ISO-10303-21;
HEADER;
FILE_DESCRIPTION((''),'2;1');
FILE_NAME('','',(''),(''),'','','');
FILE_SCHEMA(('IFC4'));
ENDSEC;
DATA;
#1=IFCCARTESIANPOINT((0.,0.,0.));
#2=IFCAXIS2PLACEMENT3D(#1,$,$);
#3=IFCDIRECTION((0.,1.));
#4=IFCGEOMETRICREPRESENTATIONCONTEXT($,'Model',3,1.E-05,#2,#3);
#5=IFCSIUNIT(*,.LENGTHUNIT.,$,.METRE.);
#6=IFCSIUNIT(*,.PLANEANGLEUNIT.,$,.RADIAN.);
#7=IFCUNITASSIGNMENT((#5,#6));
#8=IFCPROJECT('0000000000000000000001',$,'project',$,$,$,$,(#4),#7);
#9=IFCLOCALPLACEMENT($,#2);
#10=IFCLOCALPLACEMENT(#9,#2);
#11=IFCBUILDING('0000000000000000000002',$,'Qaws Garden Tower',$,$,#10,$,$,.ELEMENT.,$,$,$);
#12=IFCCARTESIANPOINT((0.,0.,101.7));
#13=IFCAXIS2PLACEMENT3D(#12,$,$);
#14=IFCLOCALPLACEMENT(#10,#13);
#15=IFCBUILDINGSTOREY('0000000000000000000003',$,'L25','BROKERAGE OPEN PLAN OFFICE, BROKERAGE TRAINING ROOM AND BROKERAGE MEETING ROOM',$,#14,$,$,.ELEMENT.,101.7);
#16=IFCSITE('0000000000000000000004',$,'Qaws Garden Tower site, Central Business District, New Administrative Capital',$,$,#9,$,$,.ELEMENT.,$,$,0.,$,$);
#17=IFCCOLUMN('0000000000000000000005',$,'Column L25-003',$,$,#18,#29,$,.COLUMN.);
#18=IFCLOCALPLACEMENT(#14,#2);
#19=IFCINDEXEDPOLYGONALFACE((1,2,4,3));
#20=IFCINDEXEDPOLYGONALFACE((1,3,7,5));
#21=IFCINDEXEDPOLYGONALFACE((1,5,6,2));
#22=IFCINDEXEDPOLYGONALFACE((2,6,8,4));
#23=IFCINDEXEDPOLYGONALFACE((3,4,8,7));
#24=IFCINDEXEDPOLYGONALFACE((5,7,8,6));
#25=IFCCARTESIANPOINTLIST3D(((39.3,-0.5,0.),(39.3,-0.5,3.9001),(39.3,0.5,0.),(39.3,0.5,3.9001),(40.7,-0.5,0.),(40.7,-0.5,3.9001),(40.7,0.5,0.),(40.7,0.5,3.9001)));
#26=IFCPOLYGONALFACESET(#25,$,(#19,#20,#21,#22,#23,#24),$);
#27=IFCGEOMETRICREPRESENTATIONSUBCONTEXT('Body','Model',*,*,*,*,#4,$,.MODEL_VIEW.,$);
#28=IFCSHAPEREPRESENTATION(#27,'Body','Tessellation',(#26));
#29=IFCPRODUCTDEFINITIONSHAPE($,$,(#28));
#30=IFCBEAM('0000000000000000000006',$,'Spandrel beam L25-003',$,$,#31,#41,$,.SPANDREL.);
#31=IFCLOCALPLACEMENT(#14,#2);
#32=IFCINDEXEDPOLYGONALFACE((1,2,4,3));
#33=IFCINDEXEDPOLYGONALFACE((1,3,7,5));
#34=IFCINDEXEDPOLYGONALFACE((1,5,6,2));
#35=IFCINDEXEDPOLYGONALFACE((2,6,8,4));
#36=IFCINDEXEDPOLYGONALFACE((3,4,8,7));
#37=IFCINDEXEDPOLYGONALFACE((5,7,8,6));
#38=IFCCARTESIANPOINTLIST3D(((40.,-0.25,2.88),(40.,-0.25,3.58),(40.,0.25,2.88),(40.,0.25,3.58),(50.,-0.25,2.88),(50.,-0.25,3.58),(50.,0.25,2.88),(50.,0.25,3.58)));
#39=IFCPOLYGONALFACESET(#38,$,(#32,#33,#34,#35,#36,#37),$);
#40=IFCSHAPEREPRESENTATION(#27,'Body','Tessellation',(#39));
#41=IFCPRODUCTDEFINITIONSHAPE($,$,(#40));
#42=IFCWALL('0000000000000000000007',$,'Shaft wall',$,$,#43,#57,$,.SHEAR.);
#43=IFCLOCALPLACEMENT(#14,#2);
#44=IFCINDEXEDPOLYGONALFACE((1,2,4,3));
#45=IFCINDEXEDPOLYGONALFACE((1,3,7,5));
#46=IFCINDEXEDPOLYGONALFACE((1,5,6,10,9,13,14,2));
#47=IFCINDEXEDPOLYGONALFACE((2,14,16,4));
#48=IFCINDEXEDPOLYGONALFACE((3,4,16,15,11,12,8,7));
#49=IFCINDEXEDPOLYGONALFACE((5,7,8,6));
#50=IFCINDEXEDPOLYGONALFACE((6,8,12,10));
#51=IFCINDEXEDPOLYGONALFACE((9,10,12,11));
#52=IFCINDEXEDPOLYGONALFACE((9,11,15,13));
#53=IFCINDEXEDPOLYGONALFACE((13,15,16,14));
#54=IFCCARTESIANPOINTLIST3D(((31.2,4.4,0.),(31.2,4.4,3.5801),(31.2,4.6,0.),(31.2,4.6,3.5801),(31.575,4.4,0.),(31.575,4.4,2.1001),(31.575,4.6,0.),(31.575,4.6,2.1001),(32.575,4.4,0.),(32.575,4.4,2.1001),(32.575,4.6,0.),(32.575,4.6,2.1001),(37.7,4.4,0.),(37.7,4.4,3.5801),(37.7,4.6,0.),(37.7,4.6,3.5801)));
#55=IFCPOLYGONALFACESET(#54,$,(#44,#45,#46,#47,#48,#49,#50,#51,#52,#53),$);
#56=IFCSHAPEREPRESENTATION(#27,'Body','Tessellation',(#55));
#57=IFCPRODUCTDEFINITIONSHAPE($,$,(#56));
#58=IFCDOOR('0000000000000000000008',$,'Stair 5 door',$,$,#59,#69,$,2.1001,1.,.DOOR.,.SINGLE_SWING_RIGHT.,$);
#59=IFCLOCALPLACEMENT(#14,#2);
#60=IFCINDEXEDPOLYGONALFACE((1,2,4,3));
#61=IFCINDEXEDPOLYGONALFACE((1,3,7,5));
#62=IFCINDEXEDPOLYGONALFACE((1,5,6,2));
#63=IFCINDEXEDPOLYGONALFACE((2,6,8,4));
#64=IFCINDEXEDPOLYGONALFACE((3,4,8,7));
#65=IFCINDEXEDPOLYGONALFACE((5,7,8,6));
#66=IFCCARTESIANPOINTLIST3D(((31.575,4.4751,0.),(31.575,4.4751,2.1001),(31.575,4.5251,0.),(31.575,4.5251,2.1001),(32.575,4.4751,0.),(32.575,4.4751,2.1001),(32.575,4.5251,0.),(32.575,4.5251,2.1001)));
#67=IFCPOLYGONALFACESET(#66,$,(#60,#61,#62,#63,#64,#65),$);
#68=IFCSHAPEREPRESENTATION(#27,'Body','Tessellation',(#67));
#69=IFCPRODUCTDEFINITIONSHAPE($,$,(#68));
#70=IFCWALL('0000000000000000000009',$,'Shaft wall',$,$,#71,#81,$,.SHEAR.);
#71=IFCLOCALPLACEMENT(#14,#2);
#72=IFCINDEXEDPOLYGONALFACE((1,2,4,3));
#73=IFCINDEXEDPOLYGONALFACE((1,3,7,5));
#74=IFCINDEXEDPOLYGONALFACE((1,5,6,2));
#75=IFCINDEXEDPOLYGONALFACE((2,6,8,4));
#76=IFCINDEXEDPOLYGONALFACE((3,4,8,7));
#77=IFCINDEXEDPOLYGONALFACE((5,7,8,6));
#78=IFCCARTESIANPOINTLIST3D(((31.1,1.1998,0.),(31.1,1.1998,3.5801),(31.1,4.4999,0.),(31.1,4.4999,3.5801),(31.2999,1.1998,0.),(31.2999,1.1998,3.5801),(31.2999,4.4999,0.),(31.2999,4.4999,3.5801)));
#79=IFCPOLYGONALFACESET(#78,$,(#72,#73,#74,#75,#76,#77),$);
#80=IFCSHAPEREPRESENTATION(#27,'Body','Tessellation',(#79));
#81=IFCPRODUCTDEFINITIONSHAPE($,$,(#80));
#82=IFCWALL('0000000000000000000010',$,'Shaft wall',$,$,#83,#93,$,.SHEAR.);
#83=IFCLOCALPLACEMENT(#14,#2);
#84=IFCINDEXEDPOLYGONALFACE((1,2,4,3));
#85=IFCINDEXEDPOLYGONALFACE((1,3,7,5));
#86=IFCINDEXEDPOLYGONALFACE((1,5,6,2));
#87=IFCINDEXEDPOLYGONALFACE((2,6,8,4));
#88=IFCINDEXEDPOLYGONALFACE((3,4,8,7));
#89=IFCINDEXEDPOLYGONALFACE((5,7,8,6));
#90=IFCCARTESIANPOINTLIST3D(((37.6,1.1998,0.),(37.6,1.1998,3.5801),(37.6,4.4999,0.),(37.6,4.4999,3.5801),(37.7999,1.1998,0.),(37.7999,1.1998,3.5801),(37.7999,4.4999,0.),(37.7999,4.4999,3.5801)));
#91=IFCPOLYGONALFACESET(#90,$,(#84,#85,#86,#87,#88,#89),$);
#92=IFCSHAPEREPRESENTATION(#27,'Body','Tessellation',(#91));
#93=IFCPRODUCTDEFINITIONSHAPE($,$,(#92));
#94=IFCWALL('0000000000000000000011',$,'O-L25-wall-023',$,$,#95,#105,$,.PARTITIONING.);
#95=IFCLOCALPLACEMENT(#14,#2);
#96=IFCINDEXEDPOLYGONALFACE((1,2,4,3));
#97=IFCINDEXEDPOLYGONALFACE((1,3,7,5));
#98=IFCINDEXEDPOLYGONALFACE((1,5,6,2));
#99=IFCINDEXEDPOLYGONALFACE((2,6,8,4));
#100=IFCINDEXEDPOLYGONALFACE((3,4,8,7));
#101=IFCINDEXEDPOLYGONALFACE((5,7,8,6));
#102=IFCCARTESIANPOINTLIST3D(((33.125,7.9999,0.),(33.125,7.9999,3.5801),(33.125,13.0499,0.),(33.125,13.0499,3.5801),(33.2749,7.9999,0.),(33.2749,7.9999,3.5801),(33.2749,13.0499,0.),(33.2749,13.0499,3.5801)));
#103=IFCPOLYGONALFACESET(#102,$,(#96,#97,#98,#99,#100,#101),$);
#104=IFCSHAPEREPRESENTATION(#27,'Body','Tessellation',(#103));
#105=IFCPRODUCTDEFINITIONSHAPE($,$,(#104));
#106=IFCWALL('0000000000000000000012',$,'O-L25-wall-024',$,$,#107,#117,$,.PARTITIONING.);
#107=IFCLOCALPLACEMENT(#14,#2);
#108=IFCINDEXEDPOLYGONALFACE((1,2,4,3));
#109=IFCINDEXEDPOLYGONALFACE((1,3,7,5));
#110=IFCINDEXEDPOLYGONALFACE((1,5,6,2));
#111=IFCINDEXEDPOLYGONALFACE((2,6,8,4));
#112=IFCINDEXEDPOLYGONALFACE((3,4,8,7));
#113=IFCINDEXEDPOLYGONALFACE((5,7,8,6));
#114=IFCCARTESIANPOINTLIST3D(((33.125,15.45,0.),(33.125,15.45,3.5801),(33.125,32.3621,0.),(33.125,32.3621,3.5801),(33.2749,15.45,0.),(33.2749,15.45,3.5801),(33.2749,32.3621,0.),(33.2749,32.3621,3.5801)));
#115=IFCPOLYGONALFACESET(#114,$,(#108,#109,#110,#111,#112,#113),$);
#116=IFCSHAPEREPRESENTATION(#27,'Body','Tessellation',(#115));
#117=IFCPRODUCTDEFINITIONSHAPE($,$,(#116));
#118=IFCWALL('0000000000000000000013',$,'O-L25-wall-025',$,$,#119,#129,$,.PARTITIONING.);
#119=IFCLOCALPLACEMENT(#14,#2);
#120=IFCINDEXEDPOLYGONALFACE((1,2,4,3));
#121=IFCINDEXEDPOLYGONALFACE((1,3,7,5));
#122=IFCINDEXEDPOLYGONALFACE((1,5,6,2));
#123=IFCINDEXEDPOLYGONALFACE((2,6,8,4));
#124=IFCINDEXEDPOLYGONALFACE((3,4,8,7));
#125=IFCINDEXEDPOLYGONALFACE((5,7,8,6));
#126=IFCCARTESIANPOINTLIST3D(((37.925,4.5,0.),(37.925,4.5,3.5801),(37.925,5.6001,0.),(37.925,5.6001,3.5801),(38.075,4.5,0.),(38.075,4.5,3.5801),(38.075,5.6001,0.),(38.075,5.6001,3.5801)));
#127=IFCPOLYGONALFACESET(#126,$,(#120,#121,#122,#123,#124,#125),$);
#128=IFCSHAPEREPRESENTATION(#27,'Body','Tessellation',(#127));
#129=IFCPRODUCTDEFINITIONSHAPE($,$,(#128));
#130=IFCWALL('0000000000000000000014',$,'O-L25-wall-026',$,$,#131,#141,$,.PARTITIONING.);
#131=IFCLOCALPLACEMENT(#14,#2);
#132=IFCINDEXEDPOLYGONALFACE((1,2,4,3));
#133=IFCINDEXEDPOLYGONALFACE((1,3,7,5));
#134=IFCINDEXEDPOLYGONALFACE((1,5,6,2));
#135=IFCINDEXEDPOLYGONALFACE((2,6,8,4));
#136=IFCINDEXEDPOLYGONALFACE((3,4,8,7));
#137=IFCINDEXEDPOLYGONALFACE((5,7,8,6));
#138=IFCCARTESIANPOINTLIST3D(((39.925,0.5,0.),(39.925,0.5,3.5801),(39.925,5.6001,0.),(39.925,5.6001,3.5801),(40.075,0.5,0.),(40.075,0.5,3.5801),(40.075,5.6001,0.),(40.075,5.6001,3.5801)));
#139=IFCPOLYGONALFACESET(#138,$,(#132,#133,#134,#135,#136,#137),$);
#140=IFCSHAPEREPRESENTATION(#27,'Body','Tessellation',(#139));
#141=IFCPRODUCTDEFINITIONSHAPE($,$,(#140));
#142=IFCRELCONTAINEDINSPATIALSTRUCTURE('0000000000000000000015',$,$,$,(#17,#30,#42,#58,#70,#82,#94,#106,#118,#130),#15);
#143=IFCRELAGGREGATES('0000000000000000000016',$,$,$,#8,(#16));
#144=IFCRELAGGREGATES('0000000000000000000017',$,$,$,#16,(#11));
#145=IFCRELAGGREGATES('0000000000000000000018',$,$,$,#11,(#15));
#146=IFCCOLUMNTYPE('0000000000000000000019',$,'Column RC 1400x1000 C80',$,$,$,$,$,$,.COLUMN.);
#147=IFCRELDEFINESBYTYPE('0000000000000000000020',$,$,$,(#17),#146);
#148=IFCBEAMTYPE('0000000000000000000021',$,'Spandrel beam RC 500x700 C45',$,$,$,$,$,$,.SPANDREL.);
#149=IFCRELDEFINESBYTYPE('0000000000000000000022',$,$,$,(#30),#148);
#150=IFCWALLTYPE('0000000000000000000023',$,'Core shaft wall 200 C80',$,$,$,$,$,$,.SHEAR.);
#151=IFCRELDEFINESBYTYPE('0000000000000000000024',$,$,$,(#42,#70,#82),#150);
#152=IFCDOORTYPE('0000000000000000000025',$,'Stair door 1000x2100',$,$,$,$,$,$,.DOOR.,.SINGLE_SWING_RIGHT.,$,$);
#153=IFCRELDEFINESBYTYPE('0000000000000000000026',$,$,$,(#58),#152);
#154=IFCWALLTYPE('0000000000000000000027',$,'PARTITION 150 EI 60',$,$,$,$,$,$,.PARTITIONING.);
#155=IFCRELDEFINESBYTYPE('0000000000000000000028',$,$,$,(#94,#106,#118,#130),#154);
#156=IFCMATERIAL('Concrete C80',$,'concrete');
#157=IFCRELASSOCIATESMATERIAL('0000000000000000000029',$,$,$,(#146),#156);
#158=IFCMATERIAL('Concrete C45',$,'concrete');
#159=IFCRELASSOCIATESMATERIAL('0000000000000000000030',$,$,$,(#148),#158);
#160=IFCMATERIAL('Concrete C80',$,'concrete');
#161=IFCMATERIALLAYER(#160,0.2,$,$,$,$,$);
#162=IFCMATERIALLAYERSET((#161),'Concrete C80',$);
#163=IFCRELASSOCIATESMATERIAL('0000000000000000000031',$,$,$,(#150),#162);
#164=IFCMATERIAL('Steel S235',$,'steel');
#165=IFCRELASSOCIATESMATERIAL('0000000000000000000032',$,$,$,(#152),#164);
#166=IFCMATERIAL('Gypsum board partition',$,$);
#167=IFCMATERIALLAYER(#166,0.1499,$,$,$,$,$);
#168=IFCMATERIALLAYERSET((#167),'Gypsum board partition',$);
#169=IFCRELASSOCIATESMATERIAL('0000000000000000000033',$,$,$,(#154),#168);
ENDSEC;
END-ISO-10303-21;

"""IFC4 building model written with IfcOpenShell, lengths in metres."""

from ifc_helpers import new_model, si_unit, direction, frame, frame_2d, origin, origin_2d, place, context, subcontext, project, spatial, rectangle, extrude, material, layer, layer_set, material_profile, profile_set, type_object, element, fill, save


model = new_model("IFC4")

# Units and contexts
model_context = context("Model", 3, precision=1e-05, world=origin(), true_north=direction((0.0, 1.0)))
body_context = subcontext(model_context, "Body", "Model", "MODEL_VIEW")
ifc_project = project(units=[si_unit("LENGTHUNIT", "METRE"), si_unit("PLANEANGLEUNIT", "RADIAN")], contexts=[model_context])

# Site, building, storey
site_placement = place(None, origin())
site = spatial("IfcSite", under=ifc_project, at=site_placement, Name="Qaws Garden Tower site, Central Business District, New Administrative Capital", CompositionType="ELEMENT", RefElevation=0.0)
building_placement = place(site_placement, origin())
building = spatial("IfcBuilding", under=site, at=building_placement, Name="Qaws Garden Tower", CompositionType="ELEMENT")
storey_placement = place(building_placement, frame((0.0, 0.0, 101.7)))
storey = spatial("IfcBuildingStorey", under=building, at=storey_placement, Name="L25", Description="BROKERAGE OPEN PLAN OFFICE, BROKERAGE TRAINING ROOM AND BROKERAGE MEETING ROOM", CompositionType="ELEMENT", Elevation=101.7)

# Column
ifc_material_1 = material(Name="Concrete C80", Category="concrete")
ifc_material_profile_1 = material_profile(ifc_material_1, rectangle(XDim=1.3999, YDim=1.0, at=origin_2d()), Name="RC 1400x1000")
ifc_profile_set_1 = profile_set([ifc_material_profile_1], Name="Concrete C80")
column_type = type_object("IfcColumnType", Name="Column RC 1400x1000 C80", PredefinedType="COLUMN", material=ifc_profile_set_1)
column_placement = place(storey_placement, frame((40.0, 0.0, 0.0), z_axis=(0.0, 0.0, 1.0), x_axis=(1.0, 0.0, 0.0)))
element("IfcColumn", 1, at=column_placement, inside=storey, type_object=column_type, Name="Column L25-003", PredefinedType="COLUMN", context=body_context, shape_type="SweptSolid", body=[
    extrude(rectangle(XDim=1.3999, YDim=1.0, at=origin_2d()), origin(), (0.0, 0.0, 1.0), 3.9001),
])

# Beam
ifc_material_2 = material(Name="Concrete C45", Category="concrete")
ifc_material_profile_2 = material_profile(ifc_material_2, rectangle(XDim=0.5, YDim=0.7, at=origin_2d()), Name="RC 500x700")
ifc_profile_set_2 = profile_set([ifc_material_profile_2], Name="Concrete C45")
beam_type = type_object("IfcBeamType", Name="Spandrel beam RC 500x700 C45", PredefinedType="SPANDREL", material=ifc_profile_set_2)
beam_placement = place(storey_placement, frame((40.0, 0.0, 3.23), z_axis=(1.0, 0.0, 0.0), x_axis=(0.0, 1.0, 0.0)))
element("IfcBeam", 2, at=beam_placement, inside=storey, type_object=beam_type, Name="Spandrel beam L25-003", PredefinedType="SPANDREL", context=body_context, shape_type="SweptSolid", body=[
    extrude(rectangle(XDim=0.5, YDim=0.7, at=origin_2d()), origin(), (0.0, 0.0, 1.0), 10.0),
])

# Wall, opening, door
ifc_material_3 = material(Name="Concrete C80", Category="concrete")
ifc_layer_1 = layer(ifc_material_3, 0.2)
ifc_layer_set_1 = layer_set([ifc_layer_1], Name="Concrete C80")
wall_type_1 = type_object("IfcWallType", Name="Core shaft wall 200 C80", PredefinedType="SHEAR", material=ifc_layer_set_1)
wall_1_placement = place(storey_placement, frame((31.2, 4.5, 0.0), z_axis=(0.0, 0.0, 1.0), x_axis=(1.0, 0.0, 0.0)))
wall_1 = element("IfcWall", 3, at=wall_1_placement, inside=storey, type_object=wall_type_1, Name="Shaft wall", PredefinedType="SHEAR", context=body_context, shape_type="SweptSolid", body=[
    extrude(rectangle(XDim=6.5, YDim=0.2, at=frame_2d((3.25, 0.0))), origin(), (0.0, 0.0, 1.0), 3.5801),
])
opening_1_placement = place(wall_1_placement, frame((0.375, 0.0, 0.0)))
opening_1 = element("IfcOpeningElement", 4, at=opening_1_placement, cuts=wall_1, PredefinedType="OPENING", context=body_context, shape_type="SweptSolid", body=[
    extrude(rectangle(XDim=1.0, YDim=2.1001, at=frame_2d((0.5, 1.05))), frame((0.0, 0.1099, 0.0), z_axis=(0.0, -1.0, 0.0), x_axis=(1.0, 0.0, 0.0)), (0.0, 0.0, 1.0), 0.22),
])
ifc_material_4 = material(Name="Steel S235", Category="steel")
door_type_1 = type_object("IfcDoorType", Name="Stair door 1000x2100", OperationType="SINGLE_SWING_RIGHT", PredefinedType="DOOR", material=ifc_material_4)
door_1_placement = place(opening_1_placement, frame((1.0, 0.0, 0.0), z_axis=(0.0, 0.0, 1.0), x_axis=(-1.0, 0.0, 0.0)))
door_1 = element("IfcDoor", 5, at=door_1_placement, inside=storey, type_object=door_type_1, Name="Stair 5 door", OperationType="SINGLE_SWING_RIGHT", OverallHeight=2.1001, OverallWidth=1.0, PredefinedType="DOOR", context=body_context, shape_type="SweptSolid", body=[
    extrude(rectangle(XDim=1.0, YDim=2.1001, at=frame_2d((0.5, 1.05))), frame((0.0, 0.0249, 0.0), z_axis=(0.0, -1.0, 0.0), x_axis=(1.0, 0.0, 0.0)), (0.0, 0.0, 1.0), 0.05),
])
fill(opening_1, door_1)

# Walls
for number, where, z_axis, x_axis, name in (
    (6, (31.2, 1.2, 0.0), (0.0, 0.0, 1.0), (0.0, 1.0, 0.0), "Shaft wall"),
    (7, (37.7, 1.2, 0.0), (0.0, 0.0, 1.0), (0.0, 1.0, 0.0), "Shaft wall"),
):
    element("IfcWall", number, at=place(storey_placement, frame(where, z_axis=z_axis, x_axis=x_axis)), inside=storey, type_object=wall_type_1, Name=name, PredefinedType="SHEAR", context=body_context, shape_type="SweptSolid", body=[
        extrude(rectangle(XDim=3.3, YDim=0.2, at=frame_2d((1.6499, 0.0))), origin(), (0.0, 0.0, 1.0), 3.5801),
    ])
ifc_material_5 = material(Name="Gypsum board partition")
ifc_layer_2 = layer(ifc_material_5, 0.1499)
ifc_layer_set_2 = layer_set([ifc_layer_2], Name="Gypsum board partition")
wall_type_2 = type_object("IfcWallType", Name="PARTITION 150 EI 60", PredefinedType="PARTITIONING", material=ifc_layer_set_2)
wall_2_placement = place(storey_placement, frame((33.2, 8.0, 0.0), z_axis=(0.0, 0.0, 1.0), x_axis=(0.0, 1.0, 0.0)))
element("IfcWall", 8, at=wall_2_placement, inside=storey, type_object=wall_type_2, Name="O-L25-wall-023", PredefinedType="PARTITIONING", context=body_context, shape_type="SweptSolid", body=[
    extrude(rectangle(XDim=5.05, YDim=0.1499, at=frame_2d((2.5249, 0.0))), origin(), (0.0, 0.0, 1.0), 3.5801),
])
wall_3_placement = place(storey_placement, frame((33.2, 15.45, 0.0), z_axis=(0.0, 0.0, 1.0), x_axis=(0.0, 1.0, 0.0)))
element("IfcWall", 9, at=wall_3_placement, inside=storey, type_object=wall_type_2, Name="O-L25-wall-024", PredefinedType="PARTITIONING", context=body_context, shape_type="SweptSolid", body=[
    extrude(rectangle(XDim=16.9121, YDim=0.1499, at=frame_2d((8.4561, 0.0))), origin(), (0.0, 0.0, 1.0), 3.5801),
])
wall_4_placement = place(storey_placement, frame((38.0, 4.5, 0.0), z_axis=(0.0, 0.0, 1.0), x_axis=(0.0, 1.0, 0.0)))
element("IfcWall", 10, at=wall_4_placement, inside=storey, type_object=wall_type_2, Name="O-L25-wall-025", PredefinedType="PARTITIONING", context=body_context, shape_type="SweptSolid", body=[
    extrude(rectangle(XDim=1.1001, YDim=0.1499, at=frame_2d((0.55, 0.0))), origin(), (0.0, 0.0, 1.0), 3.5801),
])
wall_5_placement = place(storey_placement, frame((40.0, 0.5, 0.0), z_axis=(0.0, 0.0, 1.0), x_axis=(0.0, 1.0, 0.0)))
element("IfcWall", 11, at=wall_5_placement, inside=storey, type_object=wall_type_2, Name="O-L25-wall-026", PredefinedType="PARTITIONING", context=body_context, shape_type="SweptSolid", body=[
    extrude(rectangle(XDim=5.1001, YDim=0.1499, at=frame_2d((2.55, 0.0))), origin(), (0.0, 0.0, 1.0), 3.5801),
])

save(model, "model.ifc")
